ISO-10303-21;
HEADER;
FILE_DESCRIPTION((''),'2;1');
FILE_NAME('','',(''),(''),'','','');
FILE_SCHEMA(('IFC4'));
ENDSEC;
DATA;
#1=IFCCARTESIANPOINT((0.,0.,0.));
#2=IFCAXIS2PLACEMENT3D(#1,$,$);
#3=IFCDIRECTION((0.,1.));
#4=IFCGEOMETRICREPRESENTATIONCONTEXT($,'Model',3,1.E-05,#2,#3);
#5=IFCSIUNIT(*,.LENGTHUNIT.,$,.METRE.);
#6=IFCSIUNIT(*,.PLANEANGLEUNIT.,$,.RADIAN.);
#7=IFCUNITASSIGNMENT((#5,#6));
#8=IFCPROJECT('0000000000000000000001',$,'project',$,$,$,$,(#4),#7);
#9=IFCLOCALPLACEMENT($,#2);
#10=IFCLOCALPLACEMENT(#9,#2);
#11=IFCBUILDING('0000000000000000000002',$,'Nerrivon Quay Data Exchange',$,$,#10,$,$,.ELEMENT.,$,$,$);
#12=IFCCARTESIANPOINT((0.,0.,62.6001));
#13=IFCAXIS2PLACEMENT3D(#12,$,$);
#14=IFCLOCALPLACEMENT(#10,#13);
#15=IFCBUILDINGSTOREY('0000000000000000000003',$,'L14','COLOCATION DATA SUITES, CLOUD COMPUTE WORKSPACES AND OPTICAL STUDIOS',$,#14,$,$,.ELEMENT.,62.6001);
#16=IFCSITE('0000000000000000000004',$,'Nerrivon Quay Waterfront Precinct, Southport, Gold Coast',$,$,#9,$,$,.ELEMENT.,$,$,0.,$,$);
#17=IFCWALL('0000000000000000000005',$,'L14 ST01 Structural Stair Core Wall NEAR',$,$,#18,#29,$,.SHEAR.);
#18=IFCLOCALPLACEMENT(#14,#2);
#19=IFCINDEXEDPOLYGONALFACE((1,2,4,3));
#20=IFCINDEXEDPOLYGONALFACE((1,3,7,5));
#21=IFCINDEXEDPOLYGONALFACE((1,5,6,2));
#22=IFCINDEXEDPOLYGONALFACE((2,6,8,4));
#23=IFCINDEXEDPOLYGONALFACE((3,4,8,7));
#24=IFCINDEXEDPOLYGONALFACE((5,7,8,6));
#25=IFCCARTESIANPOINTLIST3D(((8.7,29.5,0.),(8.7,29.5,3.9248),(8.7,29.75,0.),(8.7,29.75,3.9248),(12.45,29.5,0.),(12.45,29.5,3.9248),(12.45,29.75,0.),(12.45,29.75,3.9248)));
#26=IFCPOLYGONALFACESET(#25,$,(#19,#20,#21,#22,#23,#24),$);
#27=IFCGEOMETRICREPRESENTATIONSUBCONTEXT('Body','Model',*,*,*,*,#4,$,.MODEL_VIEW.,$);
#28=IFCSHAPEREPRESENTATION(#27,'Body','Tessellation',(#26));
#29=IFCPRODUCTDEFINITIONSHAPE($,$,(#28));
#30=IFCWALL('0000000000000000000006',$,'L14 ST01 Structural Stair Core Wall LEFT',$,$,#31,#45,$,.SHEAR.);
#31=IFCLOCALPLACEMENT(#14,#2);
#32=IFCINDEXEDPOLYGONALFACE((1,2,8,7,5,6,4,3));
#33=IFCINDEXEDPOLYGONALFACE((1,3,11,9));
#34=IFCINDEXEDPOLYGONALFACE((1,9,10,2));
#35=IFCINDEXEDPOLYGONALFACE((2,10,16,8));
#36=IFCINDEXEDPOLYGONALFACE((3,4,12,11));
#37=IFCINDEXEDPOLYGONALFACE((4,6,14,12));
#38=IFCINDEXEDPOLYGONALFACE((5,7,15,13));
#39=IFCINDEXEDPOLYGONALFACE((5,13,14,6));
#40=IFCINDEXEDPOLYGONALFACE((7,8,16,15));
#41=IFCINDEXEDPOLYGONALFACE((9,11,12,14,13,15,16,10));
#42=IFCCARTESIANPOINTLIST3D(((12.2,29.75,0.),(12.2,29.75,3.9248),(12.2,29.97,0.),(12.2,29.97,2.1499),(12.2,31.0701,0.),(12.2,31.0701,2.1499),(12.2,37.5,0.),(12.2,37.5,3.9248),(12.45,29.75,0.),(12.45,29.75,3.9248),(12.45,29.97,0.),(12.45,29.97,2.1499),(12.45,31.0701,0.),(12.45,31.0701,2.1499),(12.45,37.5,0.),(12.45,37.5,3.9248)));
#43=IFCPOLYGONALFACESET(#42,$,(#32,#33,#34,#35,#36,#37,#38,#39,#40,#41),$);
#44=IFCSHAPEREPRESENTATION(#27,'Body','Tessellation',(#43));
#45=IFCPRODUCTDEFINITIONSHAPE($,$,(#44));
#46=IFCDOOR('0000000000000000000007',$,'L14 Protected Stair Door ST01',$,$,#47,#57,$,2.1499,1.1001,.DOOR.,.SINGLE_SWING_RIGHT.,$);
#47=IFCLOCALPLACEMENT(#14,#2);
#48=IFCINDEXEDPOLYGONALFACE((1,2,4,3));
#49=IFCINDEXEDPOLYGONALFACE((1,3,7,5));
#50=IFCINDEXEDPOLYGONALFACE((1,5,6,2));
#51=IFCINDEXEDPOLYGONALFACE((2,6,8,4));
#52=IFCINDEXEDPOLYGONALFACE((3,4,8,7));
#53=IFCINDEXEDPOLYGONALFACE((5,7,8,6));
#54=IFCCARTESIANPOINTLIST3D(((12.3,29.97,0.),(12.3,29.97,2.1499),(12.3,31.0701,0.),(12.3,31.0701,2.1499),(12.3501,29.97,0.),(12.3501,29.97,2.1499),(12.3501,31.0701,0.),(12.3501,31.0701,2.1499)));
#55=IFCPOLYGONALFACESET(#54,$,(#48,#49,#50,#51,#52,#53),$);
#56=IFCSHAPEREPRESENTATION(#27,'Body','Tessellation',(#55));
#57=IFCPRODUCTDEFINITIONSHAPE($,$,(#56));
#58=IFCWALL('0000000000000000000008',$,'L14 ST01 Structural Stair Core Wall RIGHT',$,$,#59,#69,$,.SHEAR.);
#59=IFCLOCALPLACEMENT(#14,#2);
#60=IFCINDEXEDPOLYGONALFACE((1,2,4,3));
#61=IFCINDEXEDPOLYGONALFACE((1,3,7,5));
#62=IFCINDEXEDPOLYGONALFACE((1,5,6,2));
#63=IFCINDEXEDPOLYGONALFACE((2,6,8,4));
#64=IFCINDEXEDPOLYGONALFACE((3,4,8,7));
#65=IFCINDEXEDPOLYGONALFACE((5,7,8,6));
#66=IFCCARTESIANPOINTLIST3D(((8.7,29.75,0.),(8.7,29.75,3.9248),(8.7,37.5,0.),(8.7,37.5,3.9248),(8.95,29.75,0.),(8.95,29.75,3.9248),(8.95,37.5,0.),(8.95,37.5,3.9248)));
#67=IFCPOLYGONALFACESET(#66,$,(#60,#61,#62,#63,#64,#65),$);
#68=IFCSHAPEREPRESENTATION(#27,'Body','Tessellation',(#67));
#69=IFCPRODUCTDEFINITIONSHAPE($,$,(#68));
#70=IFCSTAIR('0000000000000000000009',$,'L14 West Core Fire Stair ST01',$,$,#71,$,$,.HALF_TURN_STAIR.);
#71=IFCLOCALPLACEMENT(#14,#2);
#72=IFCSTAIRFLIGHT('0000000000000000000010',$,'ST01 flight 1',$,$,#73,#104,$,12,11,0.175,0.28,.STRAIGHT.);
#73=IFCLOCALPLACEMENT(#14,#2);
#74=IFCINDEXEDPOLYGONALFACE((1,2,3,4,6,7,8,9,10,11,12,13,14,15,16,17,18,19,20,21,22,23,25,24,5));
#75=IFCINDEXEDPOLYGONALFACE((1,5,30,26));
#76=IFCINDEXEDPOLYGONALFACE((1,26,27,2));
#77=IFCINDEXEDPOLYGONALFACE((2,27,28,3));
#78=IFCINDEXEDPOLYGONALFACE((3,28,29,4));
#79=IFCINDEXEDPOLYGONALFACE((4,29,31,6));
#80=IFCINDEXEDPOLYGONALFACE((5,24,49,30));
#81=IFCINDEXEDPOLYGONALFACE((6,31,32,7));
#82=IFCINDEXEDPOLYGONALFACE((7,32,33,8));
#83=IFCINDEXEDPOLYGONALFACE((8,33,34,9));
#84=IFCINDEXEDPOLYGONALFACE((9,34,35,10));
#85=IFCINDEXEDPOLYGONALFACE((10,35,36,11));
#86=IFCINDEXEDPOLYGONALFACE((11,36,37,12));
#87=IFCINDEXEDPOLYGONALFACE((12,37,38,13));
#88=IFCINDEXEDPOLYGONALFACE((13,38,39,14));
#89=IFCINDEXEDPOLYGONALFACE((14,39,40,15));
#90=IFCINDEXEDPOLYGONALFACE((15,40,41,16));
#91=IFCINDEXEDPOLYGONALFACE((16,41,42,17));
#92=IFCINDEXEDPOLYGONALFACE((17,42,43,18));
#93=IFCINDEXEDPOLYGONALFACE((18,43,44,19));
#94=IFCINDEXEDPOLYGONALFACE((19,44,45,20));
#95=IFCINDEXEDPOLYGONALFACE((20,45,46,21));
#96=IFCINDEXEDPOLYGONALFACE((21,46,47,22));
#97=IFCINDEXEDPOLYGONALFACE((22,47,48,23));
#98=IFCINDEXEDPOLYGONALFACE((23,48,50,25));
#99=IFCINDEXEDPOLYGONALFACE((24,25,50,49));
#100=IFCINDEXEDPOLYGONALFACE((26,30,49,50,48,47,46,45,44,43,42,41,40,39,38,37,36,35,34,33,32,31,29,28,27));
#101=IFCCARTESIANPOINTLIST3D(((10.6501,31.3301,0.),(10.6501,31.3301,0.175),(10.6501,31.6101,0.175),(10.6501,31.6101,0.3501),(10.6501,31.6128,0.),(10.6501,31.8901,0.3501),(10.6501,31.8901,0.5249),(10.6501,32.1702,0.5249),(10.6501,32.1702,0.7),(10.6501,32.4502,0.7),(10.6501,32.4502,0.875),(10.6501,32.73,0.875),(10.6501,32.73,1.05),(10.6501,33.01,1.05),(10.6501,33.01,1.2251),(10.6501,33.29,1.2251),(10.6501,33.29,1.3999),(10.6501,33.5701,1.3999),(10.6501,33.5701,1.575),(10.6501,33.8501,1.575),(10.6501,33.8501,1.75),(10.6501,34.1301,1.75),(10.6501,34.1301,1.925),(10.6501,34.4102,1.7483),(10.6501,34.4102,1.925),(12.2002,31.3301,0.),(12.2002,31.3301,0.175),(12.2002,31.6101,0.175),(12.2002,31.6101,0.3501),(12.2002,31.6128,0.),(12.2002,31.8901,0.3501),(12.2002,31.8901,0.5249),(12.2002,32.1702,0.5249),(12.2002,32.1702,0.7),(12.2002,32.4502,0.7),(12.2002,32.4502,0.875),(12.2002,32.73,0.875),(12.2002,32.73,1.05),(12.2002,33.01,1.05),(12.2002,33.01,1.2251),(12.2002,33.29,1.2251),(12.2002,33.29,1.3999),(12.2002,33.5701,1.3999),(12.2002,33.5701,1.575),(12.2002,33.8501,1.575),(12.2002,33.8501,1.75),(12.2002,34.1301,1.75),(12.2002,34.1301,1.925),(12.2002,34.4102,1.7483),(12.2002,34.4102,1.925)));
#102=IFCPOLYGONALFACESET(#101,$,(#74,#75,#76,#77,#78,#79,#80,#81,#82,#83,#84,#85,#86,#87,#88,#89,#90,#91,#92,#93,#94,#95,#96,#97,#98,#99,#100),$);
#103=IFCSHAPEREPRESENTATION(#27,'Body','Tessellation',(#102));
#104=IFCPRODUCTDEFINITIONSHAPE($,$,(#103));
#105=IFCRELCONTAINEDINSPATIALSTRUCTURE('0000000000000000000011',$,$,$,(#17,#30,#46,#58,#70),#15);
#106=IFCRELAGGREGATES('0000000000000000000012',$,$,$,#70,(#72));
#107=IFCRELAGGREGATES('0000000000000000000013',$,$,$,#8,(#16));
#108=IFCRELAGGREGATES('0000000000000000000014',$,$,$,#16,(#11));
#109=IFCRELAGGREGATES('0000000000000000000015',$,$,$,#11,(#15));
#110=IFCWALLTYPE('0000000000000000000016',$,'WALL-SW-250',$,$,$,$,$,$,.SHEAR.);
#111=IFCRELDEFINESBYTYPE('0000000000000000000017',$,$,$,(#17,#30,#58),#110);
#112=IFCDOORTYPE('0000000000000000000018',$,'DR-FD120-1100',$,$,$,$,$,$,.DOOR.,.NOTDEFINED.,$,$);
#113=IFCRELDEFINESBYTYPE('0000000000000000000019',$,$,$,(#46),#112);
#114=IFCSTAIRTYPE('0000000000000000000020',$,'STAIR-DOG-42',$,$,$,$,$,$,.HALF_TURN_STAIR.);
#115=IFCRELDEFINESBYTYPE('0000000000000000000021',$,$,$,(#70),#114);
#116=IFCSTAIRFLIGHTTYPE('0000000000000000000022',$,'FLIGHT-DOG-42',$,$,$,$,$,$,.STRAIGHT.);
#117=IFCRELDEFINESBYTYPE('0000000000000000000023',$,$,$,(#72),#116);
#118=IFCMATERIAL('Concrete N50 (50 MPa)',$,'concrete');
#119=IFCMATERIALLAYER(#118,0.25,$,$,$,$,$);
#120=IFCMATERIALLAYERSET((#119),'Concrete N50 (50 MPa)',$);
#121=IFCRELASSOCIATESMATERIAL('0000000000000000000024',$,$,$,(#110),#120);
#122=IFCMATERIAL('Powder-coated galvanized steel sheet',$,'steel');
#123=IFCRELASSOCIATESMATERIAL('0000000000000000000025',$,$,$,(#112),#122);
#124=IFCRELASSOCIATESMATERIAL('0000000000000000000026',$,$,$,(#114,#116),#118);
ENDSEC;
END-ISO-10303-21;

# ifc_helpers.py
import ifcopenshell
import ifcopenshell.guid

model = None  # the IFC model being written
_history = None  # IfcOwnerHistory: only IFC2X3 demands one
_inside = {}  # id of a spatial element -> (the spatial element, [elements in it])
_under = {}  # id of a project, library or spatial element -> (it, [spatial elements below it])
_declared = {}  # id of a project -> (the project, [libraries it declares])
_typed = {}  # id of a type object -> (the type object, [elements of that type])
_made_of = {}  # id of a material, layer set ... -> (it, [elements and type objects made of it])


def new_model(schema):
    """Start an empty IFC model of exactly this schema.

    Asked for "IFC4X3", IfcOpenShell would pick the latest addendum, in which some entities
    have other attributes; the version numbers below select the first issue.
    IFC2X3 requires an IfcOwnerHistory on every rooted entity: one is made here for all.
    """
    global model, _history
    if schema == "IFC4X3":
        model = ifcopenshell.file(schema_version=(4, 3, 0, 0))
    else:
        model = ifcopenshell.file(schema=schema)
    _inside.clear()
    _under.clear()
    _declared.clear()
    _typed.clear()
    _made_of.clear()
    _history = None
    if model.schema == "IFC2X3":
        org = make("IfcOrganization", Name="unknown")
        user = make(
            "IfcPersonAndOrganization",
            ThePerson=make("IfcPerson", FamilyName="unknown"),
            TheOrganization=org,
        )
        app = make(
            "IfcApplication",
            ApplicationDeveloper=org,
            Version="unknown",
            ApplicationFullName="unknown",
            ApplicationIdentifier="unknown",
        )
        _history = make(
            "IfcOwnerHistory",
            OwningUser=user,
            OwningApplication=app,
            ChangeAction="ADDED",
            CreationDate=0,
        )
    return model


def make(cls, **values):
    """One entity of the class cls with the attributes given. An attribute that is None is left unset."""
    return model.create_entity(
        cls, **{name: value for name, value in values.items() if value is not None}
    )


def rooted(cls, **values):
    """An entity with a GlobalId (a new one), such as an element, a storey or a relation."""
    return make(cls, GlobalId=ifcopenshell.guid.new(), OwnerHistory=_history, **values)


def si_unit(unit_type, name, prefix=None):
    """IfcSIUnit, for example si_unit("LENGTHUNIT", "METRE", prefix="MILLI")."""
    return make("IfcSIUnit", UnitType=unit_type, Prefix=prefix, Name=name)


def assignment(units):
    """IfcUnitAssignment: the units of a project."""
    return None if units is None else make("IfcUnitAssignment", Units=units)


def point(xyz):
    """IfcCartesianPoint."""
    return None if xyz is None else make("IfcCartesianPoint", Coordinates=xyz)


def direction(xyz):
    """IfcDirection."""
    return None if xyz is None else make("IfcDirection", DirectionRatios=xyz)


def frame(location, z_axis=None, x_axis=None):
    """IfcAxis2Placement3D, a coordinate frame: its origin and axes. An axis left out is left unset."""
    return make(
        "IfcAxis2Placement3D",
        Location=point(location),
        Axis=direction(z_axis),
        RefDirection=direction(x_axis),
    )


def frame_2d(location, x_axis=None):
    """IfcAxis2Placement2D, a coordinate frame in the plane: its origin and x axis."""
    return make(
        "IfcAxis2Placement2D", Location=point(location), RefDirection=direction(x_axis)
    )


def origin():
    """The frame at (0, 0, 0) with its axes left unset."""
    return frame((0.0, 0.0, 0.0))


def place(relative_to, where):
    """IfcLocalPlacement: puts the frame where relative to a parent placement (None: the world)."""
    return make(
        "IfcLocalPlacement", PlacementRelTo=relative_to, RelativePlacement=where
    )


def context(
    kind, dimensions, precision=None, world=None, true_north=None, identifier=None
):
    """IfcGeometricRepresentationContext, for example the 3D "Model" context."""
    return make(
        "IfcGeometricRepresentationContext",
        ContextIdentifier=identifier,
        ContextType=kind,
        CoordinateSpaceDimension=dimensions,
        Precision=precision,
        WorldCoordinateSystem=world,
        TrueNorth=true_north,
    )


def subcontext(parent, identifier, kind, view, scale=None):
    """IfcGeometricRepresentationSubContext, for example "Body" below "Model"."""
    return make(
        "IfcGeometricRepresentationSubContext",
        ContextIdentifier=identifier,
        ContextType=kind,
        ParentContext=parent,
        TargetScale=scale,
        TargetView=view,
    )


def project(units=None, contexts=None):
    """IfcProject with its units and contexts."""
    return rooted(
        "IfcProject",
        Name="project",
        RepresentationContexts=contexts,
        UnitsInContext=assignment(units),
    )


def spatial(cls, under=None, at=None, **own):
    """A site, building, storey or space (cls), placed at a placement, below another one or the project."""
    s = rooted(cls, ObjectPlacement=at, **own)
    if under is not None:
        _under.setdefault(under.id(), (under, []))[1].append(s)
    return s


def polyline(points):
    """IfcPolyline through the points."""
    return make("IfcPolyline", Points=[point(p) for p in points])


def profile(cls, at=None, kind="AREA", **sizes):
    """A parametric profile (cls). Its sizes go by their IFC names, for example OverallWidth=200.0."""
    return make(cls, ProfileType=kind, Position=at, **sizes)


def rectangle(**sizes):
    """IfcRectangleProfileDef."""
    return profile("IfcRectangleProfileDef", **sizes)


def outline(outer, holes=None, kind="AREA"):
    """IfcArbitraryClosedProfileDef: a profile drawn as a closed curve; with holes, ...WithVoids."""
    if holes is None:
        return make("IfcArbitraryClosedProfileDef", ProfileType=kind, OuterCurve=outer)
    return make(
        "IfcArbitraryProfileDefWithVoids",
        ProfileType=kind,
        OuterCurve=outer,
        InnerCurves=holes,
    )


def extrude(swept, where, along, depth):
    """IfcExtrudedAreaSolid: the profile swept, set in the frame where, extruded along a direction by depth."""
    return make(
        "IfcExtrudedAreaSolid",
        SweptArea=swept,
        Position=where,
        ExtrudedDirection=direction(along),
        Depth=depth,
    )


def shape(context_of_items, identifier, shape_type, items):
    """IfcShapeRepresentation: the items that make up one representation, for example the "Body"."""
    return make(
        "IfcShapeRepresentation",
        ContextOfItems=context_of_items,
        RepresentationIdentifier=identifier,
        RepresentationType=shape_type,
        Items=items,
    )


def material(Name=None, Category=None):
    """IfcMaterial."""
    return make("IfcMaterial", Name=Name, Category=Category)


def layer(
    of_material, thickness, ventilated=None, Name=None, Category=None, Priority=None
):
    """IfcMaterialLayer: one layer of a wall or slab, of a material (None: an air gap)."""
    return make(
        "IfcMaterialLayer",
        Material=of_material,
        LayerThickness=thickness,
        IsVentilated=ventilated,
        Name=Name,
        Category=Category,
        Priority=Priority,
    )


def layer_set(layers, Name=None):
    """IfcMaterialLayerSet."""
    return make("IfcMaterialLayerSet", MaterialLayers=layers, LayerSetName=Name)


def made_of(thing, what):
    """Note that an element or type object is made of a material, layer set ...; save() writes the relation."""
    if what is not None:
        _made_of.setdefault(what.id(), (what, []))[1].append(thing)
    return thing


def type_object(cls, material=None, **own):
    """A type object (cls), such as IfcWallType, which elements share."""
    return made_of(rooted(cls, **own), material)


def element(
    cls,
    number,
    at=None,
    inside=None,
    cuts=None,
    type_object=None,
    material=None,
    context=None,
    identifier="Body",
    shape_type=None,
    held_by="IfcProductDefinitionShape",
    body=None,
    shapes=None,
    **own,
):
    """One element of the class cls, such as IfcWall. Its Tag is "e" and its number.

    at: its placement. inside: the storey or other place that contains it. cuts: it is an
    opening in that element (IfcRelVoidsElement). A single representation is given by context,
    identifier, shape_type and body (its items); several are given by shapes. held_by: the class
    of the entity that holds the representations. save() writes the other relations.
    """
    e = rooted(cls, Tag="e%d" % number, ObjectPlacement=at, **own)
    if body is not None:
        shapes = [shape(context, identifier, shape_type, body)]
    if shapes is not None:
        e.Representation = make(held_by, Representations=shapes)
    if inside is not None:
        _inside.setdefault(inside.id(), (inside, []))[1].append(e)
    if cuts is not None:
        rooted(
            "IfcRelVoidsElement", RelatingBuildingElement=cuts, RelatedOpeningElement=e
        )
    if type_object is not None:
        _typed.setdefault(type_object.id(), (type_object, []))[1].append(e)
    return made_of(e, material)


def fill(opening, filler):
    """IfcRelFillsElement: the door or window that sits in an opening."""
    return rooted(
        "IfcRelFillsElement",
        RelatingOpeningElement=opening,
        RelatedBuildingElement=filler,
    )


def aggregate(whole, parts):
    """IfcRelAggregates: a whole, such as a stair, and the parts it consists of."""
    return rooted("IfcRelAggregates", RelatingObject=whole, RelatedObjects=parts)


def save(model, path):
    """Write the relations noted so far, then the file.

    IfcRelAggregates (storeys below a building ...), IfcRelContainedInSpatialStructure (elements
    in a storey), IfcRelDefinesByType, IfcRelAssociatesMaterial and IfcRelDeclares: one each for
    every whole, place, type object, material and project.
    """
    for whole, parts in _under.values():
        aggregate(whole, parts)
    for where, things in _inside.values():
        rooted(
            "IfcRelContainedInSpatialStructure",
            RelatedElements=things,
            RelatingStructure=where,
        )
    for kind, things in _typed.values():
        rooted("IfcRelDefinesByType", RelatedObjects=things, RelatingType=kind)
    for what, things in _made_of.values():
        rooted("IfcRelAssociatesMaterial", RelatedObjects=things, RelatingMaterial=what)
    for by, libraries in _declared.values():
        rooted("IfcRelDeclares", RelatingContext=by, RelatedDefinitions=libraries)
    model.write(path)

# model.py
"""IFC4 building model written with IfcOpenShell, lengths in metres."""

from ifc_helpers import new_model, si_unit, direction, frame, frame_2d, origin, place, context, subcontext, project, spatial, polyline, rectangle, outline, extrude, material, layer, layer_set, type_object, element, fill, aggregate, save


model = new_model("IFC4")

# Units and contexts
model_context = context("Model", 3, precision=1e-05, world=origin(), true_north=direction((0.0, 1.0)))
body_context = subcontext(model_context, "Body", "Model", "MODEL_VIEW")
ifc_project = project(units=[si_unit("LENGTHUNIT", "METRE"), si_unit("PLANEANGLEUNIT", "RADIAN")], contexts=[model_context])

# Site, building, storey
site_placement = place(None, origin())
site = spatial("IfcSite", under=ifc_project, at=site_placement, Name="Nerrivon Quay Waterfront Precinct, Southport, Gold Coast", CompositionType="ELEMENT", RefElevation=0.0)
building_placement = place(site_placement, origin())
building = spatial("IfcBuilding", under=site, at=building_placement, Name="Nerrivon Quay Data Exchange", CompositionType="ELEMENT")
storey_placement = place(building_placement, frame((0.0, 0.0, 62.6001)))
storey = spatial("IfcBuildingStorey", under=building, at=storey_placement, Name="L14", Description="COLOCATION DATA SUITES, CLOUD COMPUTE WORKSPACES AND OPTICAL STUDIOS", CompositionType="ELEMENT", Elevation=62.6001)

# Shared definitions
ifc_material_1 = material(Name="Powder-coated galvanized steel sheet", Category="steel")

# Wall
ifc_material_2 = material(Name="Concrete N50 (50 MPa)", Category="concrete")
ifc_layer_1 = layer(ifc_material_2, 0.25)
ifc_layer_set_1 = layer_set([ifc_layer_1], Name="Concrete N50 (50 MPa)")
wall_type_1 = type_object("IfcWallType", Name="WALL-SW-250", PredefinedType="SHEAR", material=ifc_layer_set_1)
wall_1_placement = place(storey_placement, frame((12.45, 29.625, 0.0), z_axis=(0.0, 0.0, 1.0), x_axis=(-1.0, 0.0, 0.0)))
element("IfcWall", 1, at=wall_1_placement, inside=storey, type_object=wall_type_1, Name="L14 ST01 Structural Stair Core Wall NEAR", PredefinedType="SHEAR", context=body_context, shape_type="SweptSolid", body=[
    extrude(rectangle(XDim=3.75, YDim=0.25, at=frame_2d((1.875, 0.0))), origin(), (0.0, 0.0, 1.0), 3.9248),
])

# Wall, opening, door
wall_2_placement = place(storey_placement, frame((12.325, 29.75, 0.0), z_axis=(0.0, 0.0, 1.0), x_axis=(0.0, 1.0, 0.0)))
wall_2 = element("IfcWall", 2, at=wall_2_placement, inside=storey, type_object=wall_type_1, Name="L14 ST01 Structural Stair Core Wall LEFT", PredefinedType="SHEAR", context=body_context, shape_type="SweptSolid", body=[
    extrude(rectangle(XDim=7.75, YDim=0.25, at=frame_2d((3.875, 0.0))), origin(), (0.0, 0.0, 1.0), 3.9248),
])
opening_1_placement = place(wall_2_placement, frame((0.22, 0.0, 0.0)))
opening_1 = element("IfcOpeningElement", 3, at=opening_1_placement, cuts=wall_2, PredefinedType="OPENING", context=body_context, shape_type="SweptSolid", body=[
    extrude(rectangle(XDim=1.1001, YDim=2.1499, at=frame_2d((0.55, 1.075))), frame((0.0, 0.135, 0.0), z_axis=(0.0, -1.0, 0.0), x_axis=(1.0, 0.0, 0.0)), (0.0, 0.0, 1.0), 0.27),
])
door_type_1 = type_object("IfcDoorType", Name="DR-FD120-1100", OperationType="NOTDEFINED", PredefinedType="DOOR", material=ifc_material_1)
door_1_placement = place(opening_1_placement, origin())
door_1 = element("IfcDoor", 4, at=door_1_placement, inside=storey, type_object=door_type_1, Name="L14 Protected Stair Door ST01", OperationType="SINGLE_SWING_RIGHT", OverallHeight=2.1499, OverallWidth=1.1001, PredefinedType="DOOR", context=body_context, shape_type="SweptSolid", body=[
    extrude(rectangle(XDim=1.1001, YDim=2.1499, at=frame_2d((0.55, 1.075))), frame((0.0, 0.0249, 0.0), z_axis=(0.0, -1.0, 0.0), x_axis=(1.0, 0.0, 0.0)), (0.0, 0.0, 1.0), 0.05),
])
fill(opening_1, door_1)

# Wall
wall_3_placement = place(storey_placement, frame((8.825, 29.75, 0.0), z_axis=(0.0, 0.0, 1.0), x_axis=(0.0, 1.0, 0.0)))
element("IfcWall", 5, at=wall_3_placement, inside=storey, type_object=wall_type_1, Name="L14 ST01 Structural Stair Core Wall RIGHT", PredefinedType="SHEAR", context=body_context, shape_type="SweptSolid", body=[
    extrude(rectangle(XDim=7.75, YDim=0.25, at=frame_2d((3.875, 0.0))), origin(), (0.0, 0.0, 1.0), 3.9248),
])

# Stair, stair flight
stair_type = type_object("IfcStairType", Name="STAIR-DOG-42", PredefinedType="HALF_TURN_STAIR", material=ifc_material_2)
stair_placement = place(storey_placement, origin())
stair = element("IfcStair", 6, at=stair_placement, inside=storey, type_object=stair_type, Name="L14 West Core Fire Stair ST01", PredefinedType="HALF_TURN_STAIR")
stair_flight_type = type_object("IfcStairFlightType", Name="FLIGHT-DOG-42", PredefinedType="STRAIGHT", material=ifc_material_2)
stair_flight_placement = place(storey_placement, frame((11.425, 31.3301, 0.0), z_axis=(0.0, 0.0, 1.0), x_axis=(0.0, 1.0, 0.0)))
stair_flight = element("IfcStairFlight", 7, at=stair_flight_placement, type_object=stair_flight_type, Name="ST01 flight 1", NumberOfRisers=12, NumberOfTreads=11, PredefinedType="STRAIGHT", RiserHeight=0.175, TreadLength=0.28, context=body_context, shape_type="SweptSolid", body=[
    extrude(outline(polyline([(0.0, 0.0), (0.0, 0.175), (0.28, 0.175), (0.28, 0.3501), (0.5601, 0.3501), (0.5601, 0.5249), (0.8401, 0.5249), (0.8401, 0.7), (1.1201, 0.7), (1.1201, 0.875), (1.3999, 0.875), (1.3999, 1.05), (1.6799, 1.05), (1.6799, 1.2251), (1.96, 1.2251), (1.96, 1.3999), (2.24, 1.3999), (2.24, 1.575), (2.52, 1.575), (2.52, 1.75), (2.8, 1.75), (2.8, 1.925), (3.0801, 1.925), (3.0801, 2.1001), (3.0801, 1.7483), (0.2827, 0.0), (0.0, 0.0)])), frame((0.0, 0.7749, 0.0), z_axis=(0.0, -1.0, 0.0), x_axis=(1.0, 0.0, 0.0)), (0.0, 0.0, 1.0), 1.55),
])
aggregate(stair, [stair_flight])

save(model, "model.ifc")
